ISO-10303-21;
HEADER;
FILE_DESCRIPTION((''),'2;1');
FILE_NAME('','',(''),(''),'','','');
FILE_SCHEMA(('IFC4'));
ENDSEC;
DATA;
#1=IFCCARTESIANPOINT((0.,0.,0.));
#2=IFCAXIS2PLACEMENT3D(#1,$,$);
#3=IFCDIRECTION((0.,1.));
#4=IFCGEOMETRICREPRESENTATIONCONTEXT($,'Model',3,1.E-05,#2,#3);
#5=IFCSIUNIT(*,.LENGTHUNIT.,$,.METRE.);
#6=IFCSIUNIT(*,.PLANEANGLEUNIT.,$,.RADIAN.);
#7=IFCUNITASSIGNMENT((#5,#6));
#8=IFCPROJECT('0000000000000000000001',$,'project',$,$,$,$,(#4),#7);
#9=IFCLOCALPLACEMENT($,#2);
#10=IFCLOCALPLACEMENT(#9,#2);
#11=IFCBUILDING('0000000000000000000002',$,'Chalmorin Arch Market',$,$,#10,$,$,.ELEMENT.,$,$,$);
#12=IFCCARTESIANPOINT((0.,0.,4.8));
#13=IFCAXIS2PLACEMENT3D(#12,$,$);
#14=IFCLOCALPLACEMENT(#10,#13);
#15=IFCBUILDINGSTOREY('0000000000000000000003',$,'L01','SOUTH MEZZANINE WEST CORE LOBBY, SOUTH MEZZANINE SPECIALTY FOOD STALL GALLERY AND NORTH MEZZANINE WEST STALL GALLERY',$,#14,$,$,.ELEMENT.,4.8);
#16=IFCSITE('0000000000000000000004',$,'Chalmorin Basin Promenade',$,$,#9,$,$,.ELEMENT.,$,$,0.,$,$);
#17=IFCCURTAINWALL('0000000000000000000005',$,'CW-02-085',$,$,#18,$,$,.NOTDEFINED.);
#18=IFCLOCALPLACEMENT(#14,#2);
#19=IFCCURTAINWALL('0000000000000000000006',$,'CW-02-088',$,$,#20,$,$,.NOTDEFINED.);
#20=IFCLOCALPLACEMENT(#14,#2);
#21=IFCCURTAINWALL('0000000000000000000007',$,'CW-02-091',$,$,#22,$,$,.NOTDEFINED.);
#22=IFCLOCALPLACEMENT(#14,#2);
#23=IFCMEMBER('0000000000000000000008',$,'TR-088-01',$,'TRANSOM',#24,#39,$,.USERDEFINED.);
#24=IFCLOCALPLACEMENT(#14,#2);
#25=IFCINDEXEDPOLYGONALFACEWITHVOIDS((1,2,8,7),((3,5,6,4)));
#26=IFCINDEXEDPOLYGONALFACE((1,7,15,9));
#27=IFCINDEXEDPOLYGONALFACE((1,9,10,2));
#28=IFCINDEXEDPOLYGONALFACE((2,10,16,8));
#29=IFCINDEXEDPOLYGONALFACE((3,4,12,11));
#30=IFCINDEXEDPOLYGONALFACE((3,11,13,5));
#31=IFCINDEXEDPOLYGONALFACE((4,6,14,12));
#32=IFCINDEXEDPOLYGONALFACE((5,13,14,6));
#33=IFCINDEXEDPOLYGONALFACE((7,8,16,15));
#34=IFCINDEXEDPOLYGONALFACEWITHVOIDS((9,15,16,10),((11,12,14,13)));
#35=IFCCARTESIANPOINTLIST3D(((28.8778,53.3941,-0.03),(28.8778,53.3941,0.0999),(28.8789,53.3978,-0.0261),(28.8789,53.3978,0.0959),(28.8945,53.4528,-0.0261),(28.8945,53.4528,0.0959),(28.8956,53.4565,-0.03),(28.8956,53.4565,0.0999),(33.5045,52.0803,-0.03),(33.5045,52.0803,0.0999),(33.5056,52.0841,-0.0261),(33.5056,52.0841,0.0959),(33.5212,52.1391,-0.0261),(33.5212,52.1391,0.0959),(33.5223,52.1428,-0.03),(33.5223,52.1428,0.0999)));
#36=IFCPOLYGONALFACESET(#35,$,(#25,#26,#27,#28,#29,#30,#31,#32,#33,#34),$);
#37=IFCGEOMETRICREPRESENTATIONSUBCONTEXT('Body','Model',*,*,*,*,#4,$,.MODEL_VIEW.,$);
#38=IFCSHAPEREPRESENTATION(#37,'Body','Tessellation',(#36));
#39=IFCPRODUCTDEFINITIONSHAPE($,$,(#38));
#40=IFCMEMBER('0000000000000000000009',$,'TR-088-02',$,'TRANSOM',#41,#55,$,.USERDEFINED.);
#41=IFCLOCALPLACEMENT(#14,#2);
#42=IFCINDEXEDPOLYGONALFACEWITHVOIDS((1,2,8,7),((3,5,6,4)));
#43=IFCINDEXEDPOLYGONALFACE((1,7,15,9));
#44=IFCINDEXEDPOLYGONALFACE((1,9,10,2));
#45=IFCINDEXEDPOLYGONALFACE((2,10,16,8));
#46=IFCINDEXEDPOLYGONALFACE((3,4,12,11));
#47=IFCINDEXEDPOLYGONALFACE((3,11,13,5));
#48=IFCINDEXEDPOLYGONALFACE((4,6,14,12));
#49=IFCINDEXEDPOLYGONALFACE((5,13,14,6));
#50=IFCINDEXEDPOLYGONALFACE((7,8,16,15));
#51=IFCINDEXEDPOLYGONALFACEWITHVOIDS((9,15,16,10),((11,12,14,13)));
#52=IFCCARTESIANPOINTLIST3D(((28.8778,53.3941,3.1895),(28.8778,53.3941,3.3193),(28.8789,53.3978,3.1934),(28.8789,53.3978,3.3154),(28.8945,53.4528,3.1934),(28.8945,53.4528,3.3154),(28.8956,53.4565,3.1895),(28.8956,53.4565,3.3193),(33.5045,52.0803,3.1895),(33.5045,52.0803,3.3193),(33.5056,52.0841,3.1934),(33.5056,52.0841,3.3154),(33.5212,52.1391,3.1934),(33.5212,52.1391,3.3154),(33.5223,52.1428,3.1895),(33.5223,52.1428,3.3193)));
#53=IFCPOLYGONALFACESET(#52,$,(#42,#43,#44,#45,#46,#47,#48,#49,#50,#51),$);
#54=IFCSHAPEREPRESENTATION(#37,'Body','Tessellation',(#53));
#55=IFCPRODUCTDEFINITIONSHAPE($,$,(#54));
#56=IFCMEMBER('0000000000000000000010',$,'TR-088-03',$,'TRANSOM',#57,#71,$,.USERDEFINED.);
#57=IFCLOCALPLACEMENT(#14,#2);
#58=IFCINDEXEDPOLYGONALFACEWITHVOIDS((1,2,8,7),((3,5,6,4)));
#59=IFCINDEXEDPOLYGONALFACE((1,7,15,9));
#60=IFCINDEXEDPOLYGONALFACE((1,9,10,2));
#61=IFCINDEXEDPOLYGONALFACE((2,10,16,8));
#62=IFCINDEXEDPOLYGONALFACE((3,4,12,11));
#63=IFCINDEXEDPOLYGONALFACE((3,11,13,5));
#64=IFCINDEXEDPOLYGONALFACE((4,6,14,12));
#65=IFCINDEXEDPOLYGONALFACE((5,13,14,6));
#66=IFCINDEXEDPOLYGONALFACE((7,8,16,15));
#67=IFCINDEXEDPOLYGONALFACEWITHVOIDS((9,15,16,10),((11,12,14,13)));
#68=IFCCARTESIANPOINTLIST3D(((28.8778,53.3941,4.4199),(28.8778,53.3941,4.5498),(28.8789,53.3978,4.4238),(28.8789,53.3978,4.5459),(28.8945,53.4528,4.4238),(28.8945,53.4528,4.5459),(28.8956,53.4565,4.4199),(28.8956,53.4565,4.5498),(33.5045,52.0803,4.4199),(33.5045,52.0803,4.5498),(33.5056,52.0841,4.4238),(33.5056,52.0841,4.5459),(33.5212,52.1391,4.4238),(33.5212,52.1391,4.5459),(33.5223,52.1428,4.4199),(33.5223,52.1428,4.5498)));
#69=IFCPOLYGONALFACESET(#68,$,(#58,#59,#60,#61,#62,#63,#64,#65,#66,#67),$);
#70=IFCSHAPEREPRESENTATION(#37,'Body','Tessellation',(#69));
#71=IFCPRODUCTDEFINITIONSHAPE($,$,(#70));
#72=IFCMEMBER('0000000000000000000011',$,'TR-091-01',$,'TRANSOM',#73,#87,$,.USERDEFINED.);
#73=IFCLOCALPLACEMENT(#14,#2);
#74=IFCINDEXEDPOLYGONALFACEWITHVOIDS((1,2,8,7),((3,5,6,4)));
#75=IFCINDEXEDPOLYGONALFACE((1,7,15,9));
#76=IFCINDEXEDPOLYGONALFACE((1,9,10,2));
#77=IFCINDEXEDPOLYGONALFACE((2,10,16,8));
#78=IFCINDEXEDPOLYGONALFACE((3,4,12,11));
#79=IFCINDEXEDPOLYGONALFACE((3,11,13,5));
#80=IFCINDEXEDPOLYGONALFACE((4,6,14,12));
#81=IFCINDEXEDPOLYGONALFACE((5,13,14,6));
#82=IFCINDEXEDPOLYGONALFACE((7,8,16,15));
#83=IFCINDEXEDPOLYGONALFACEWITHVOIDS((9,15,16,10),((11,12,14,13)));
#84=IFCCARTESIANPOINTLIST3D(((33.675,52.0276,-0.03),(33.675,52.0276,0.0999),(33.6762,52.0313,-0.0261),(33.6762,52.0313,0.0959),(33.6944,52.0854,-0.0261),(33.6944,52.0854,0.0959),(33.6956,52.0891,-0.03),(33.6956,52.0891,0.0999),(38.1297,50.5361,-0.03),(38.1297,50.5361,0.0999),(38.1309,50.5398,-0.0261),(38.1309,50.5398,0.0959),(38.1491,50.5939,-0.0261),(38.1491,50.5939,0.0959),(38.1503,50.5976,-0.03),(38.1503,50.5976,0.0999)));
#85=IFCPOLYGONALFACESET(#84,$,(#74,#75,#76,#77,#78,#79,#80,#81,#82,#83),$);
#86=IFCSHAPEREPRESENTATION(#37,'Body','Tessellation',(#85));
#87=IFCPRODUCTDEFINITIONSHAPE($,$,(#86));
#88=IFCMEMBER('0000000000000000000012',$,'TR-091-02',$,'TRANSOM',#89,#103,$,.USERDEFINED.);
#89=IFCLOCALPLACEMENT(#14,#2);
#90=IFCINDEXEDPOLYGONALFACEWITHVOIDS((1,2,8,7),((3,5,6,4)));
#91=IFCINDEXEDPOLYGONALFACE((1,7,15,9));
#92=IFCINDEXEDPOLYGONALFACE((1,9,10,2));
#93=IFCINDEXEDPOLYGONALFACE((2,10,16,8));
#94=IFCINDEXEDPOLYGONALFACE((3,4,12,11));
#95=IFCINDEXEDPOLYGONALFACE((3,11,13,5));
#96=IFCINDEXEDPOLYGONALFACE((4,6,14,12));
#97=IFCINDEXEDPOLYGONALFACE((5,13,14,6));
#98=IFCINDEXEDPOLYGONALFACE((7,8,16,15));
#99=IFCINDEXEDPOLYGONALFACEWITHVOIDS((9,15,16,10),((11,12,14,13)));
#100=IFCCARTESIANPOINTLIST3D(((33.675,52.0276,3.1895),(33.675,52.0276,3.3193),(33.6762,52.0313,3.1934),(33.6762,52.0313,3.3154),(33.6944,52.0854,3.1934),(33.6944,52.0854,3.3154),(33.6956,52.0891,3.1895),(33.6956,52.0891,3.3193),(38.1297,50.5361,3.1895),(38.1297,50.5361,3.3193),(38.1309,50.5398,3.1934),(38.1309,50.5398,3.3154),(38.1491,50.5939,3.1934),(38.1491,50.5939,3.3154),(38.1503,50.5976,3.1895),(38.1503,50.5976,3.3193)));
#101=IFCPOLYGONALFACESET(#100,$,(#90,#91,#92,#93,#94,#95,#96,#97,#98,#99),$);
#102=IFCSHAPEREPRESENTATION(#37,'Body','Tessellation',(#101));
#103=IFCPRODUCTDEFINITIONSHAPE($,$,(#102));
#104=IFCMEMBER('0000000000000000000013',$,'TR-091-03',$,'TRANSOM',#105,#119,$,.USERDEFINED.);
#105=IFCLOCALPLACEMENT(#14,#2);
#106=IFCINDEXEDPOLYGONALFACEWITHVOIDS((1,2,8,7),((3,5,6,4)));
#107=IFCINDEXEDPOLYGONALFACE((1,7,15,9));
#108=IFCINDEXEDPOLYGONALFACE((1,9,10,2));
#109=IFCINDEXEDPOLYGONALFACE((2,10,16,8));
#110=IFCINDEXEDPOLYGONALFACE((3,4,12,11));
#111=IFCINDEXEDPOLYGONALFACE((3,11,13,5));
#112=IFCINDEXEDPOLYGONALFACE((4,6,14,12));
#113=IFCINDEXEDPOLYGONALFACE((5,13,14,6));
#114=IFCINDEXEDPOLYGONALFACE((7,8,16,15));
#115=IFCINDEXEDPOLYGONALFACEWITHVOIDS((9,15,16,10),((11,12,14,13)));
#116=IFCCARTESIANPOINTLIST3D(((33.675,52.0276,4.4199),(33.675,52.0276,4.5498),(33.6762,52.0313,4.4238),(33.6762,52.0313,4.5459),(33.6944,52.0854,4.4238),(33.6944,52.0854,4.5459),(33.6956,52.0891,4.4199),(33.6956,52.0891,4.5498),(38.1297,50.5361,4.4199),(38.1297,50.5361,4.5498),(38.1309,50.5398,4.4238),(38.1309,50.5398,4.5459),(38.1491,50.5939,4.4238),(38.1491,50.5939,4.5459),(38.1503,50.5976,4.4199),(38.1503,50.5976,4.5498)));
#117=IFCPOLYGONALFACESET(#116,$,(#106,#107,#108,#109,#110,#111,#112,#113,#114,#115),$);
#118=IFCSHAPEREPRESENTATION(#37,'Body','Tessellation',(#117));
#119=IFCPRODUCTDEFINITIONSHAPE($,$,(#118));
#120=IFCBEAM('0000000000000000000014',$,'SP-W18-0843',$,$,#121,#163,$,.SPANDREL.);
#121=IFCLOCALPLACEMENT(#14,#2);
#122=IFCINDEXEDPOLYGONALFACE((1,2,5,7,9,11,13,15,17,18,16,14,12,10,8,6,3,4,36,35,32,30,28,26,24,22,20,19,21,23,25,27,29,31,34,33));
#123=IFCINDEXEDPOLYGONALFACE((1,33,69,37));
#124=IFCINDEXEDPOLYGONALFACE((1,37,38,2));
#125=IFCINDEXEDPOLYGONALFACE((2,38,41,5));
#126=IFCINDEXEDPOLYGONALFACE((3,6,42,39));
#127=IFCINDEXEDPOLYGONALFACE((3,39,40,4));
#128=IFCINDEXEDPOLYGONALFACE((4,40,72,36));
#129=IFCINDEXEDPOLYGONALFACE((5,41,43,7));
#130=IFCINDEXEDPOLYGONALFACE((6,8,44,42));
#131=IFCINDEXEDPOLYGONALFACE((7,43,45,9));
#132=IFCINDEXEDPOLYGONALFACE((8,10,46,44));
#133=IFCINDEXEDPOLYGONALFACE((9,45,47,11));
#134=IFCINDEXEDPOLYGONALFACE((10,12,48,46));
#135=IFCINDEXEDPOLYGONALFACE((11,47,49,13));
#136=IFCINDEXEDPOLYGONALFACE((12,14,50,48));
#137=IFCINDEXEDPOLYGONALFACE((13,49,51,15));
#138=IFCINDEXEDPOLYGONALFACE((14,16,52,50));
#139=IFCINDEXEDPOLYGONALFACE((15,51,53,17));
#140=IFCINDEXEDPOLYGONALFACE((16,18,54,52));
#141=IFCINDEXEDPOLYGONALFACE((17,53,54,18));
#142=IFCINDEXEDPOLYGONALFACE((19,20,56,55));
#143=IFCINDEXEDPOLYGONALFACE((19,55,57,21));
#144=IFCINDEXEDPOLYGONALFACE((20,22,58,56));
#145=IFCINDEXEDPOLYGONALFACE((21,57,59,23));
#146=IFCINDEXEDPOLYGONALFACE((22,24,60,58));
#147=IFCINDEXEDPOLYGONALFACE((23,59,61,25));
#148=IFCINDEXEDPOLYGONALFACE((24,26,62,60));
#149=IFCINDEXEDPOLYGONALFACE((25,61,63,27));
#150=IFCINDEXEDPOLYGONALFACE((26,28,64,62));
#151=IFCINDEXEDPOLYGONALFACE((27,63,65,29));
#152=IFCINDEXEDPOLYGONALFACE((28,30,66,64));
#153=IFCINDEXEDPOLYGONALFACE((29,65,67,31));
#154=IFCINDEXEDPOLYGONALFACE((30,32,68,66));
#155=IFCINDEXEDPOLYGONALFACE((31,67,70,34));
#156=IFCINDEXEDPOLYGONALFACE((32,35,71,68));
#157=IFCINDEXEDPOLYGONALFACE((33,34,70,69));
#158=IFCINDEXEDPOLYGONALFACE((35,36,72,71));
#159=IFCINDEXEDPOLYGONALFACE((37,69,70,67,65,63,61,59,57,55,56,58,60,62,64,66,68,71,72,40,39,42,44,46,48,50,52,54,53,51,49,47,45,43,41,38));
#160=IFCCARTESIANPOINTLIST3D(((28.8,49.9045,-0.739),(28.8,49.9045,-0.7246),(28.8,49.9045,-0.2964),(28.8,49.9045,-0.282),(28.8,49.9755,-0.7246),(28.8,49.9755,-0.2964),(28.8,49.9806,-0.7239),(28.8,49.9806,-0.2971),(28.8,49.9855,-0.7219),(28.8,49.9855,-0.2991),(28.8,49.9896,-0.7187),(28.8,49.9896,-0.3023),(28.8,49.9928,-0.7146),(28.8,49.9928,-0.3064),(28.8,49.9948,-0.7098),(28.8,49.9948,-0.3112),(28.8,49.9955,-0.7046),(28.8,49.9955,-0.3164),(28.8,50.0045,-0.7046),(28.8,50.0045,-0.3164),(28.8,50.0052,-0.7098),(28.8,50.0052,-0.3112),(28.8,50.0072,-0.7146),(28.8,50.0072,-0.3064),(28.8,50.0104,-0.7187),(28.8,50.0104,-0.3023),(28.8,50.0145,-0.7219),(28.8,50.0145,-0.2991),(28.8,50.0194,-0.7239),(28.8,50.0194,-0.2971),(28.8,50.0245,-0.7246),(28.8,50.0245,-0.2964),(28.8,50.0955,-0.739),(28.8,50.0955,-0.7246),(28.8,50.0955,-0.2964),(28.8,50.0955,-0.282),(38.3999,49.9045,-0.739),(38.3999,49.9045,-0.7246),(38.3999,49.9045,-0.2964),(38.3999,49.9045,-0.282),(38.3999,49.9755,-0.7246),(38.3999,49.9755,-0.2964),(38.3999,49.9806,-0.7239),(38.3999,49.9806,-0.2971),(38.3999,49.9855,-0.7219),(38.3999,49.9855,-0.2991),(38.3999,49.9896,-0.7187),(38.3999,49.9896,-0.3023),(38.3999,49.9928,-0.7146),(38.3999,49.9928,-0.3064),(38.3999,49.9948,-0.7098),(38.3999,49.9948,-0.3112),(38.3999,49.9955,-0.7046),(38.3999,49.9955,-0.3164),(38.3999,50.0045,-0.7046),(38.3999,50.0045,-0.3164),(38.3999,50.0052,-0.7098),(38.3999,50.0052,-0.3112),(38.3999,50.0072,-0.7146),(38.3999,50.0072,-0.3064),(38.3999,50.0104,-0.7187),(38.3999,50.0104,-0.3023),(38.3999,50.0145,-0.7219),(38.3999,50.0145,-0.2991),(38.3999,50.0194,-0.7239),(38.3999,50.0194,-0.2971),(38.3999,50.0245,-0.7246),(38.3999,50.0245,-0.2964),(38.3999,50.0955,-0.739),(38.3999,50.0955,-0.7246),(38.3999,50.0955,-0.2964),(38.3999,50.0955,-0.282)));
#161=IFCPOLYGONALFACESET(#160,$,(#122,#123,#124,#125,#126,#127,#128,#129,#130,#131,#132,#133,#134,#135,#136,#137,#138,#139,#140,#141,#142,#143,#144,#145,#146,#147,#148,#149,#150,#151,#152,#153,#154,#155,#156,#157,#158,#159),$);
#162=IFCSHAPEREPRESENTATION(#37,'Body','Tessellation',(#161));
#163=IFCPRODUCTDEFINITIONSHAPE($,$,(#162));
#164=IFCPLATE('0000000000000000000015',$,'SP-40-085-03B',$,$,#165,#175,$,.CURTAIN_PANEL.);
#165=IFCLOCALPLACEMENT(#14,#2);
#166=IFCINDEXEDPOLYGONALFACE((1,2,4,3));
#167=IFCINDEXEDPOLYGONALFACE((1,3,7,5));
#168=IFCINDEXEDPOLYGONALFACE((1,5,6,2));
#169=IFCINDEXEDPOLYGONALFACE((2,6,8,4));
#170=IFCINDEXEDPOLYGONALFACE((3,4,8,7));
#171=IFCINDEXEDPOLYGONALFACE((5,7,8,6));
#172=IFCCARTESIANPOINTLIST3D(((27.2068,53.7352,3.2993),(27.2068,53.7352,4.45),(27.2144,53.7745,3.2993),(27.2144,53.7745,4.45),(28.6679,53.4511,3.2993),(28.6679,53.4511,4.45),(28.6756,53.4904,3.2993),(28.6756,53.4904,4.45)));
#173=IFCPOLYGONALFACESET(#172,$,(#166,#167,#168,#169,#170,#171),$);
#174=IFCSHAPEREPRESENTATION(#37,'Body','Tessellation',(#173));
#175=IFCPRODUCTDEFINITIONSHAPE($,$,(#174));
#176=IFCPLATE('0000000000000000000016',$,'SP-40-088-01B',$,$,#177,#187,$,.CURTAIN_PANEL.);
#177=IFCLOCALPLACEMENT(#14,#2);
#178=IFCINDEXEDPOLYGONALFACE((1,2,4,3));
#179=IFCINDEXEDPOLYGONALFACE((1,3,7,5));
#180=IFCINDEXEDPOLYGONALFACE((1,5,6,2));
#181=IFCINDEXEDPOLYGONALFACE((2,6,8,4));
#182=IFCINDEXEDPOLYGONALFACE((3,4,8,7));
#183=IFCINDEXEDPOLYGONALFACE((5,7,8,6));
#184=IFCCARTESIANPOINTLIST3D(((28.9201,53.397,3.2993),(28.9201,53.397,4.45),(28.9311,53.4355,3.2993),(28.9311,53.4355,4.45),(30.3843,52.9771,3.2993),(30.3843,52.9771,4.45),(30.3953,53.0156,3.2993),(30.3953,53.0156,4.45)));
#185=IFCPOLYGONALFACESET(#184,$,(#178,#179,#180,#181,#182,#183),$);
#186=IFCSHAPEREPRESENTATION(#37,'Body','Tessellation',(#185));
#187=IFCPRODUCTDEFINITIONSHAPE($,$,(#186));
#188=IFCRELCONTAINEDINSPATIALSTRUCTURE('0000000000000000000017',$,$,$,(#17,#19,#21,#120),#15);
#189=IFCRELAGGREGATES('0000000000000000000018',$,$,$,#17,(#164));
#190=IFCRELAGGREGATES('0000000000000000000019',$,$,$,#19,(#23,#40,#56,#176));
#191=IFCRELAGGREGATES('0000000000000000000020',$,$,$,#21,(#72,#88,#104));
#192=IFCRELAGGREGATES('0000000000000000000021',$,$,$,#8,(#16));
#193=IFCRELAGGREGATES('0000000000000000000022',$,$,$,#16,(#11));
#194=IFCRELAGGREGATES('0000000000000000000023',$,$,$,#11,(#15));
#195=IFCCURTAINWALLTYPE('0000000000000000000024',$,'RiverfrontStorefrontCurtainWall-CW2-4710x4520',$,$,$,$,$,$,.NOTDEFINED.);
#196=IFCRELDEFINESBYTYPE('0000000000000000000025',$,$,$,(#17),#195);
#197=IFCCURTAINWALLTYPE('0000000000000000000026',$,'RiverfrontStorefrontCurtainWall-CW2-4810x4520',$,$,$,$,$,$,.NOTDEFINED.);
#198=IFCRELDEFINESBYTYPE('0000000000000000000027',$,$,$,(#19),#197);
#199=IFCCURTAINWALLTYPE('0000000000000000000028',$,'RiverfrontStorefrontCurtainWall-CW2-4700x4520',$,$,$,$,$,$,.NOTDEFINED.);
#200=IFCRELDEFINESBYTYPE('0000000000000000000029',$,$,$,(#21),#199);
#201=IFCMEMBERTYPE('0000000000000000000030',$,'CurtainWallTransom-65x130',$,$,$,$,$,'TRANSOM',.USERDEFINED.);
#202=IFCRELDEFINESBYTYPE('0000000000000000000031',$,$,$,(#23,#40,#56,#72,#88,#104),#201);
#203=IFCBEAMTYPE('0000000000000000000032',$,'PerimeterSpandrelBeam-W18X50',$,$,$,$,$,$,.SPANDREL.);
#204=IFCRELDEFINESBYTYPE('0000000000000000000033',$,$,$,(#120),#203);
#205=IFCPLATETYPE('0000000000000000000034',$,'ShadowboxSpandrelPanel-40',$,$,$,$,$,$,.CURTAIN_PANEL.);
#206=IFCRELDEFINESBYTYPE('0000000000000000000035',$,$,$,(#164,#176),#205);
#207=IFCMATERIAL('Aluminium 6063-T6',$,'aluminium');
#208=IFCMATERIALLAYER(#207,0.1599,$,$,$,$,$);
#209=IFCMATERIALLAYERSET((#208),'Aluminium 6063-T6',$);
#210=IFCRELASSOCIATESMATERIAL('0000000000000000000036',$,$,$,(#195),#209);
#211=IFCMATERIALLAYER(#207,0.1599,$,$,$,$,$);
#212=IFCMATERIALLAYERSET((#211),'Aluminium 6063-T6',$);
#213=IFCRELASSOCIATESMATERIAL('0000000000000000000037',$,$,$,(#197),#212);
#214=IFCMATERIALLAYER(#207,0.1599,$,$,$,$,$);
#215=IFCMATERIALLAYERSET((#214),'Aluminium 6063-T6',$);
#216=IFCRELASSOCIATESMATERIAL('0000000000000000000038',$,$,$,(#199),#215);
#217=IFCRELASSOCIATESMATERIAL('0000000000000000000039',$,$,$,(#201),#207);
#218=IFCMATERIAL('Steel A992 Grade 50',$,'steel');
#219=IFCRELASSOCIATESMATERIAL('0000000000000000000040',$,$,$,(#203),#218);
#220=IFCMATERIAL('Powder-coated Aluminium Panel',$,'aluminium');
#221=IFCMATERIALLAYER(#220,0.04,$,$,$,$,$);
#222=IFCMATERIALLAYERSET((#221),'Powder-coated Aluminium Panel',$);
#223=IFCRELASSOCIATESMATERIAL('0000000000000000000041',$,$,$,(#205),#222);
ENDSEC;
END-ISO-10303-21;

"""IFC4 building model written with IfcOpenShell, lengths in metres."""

from ifc_helpers import new_model, si_unit, direction, frame, origin, origin_2d, place, context, subcontext, project, spatial, rectangle, hollow_rectangle, i_section, extrude, material, layer, layer_set, material_profile, profile_set, type_object, element, aggregate, save


model = new_model("IFC4")

# Units and contexts
model_context = context("Model", 3, precision=1e-05, world=origin(), true_north=direction((0.0, 1.0)))
body_context = subcontext(model_context, "Body", "Model", "MODEL_VIEW")
ifc_project = project(units=[si_unit("LENGTHUNIT", "METRE"), si_unit("PLANEANGLEUNIT", "RADIAN")], contexts=[model_context])

# Site, building, storey
site_placement = place(None, origin())
site = spatial("IfcSite", under=ifc_project, at=site_placement, Name="Chalmorin Basin Promenade", CompositionType="ELEMENT", RefElevation=0.0)
building_placement = place(site_placement, origin())
building = spatial("IfcBuilding", under=site, at=building_placement, Name="Chalmorin Arch Market", CompositionType="ELEMENT")
storey_placement = place(building_placement, frame((0.0, 0.0, 4.8)))
storey = spatial("IfcBuildingStorey", under=building, at=storey_placement, Name="L01", Description="SOUTH MEZZANINE WEST CORE LOBBY, SOUTH MEZZANINE SPECIALTY FOOD STALL GALLERY AND NORTH MEZZANINE WEST STALL GALLERY", CompositionType="ELEMENT", Elevation=4.8)

# Curtain wall
ifc_material_1 = material(Name="Aluminium 6063-T6", Category="aluminium")
ifc_layer_1 = layer(ifc_material_1, 0.1599)
ifc_layer_set_1 = layer_set([ifc_layer_1], Name="Aluminium 6063-T6")
curtain_wall_type_1 = type_object("IfcCurtainWallType", Name="RiverfrontStorefrontCurtainWall-CW2-4710x4520", PredefinedType="NOTDEFINED", material=ifc_layer_set_1)
curtain_wall_1_placement = place(storey_placement, origin())
curtain_wall_1 = element("IfcCurtainWall", 1, at=curtain_wall_1_placement, inside=storey, type_object=curtain_wall_type_1, Name="CW-02-085", PredefinedType="NOTDEFINED")

# Curtain walls
ifc_layer_2 = layer(ifc_material_1, 0.1599)
ifc_layer_set_2 = layer_set([ifc_layer_2], Name="Aluminium 6063-T6")
curtain_wall_type_2 = type_object("IfcCurtainWallType", Name="RiverfrontStorefrontCurtainWall-CW2-4810x4520", PredefinedType="NOTDEFINED", material=ifc_layer_set_2)
curtain_wall_2_placement = place(storey_placement, origin())
curtain_wall_2 = element("IfcCurtainWall", 2, at=curtain_wall_2_placement, inside=storey, type_object=curtain_wall_type_2, Name="CW-02-088", PredefinedType="NOTDEFINED")
ifc_layer_3 = layer(ifc_material_1, 0.1599)
ifc_layer_set_3 = layer_set([ifc_layer_3], Name="Aluminium 6063-T6")
curtain_wall_type_3 = type_object("IfcCurtainWallType", Name="RiverfrontStorefrontCurtainWall-CW2-4700x4520", PredefinedType="NOTDEFINED", material=ifc_layer_set_3)
curtain_wall_3_placement = place(storey_placement, origin())
curtain_wall_3 = element("IfcCurtainWall", 3, at=curtain_wall_3_placement, inside=storey, type_object=curtain_wall_type_3, Name="CW-02-091", PredefinedType="NOTDEFINED")

# Members
ifc_material_profile_1 = material_profile(ifc_material_1, hollow_rectangle(XDim=0.0649, YDim=0.1299, WallThickness=0.0039, at=origin_2d()), Name="ALU65X130X4")
ifc_profile_set_1 = profile_set([ifc_material_profile_1], Name="Aluminium 6063-T6")
member_type_1 = type_object("IfcMemberType", Name="CurtainWallTransom-65x130", ElementType="TRANSOM", PredefinedType="USERDEFINED", material=ifc_profile_set_1)
member_1_placement = place(storey_placement, frame((28.8867, 53.4253, 0.0349), z_axis=(0.961973, -0.273145, 0.0), x_axis=(0.273145, 0.961973, 0.0)))
member_1 = element("IfcMember", 4, at=member_1_placement, type_object=member_type_1, Name="TR-088-01", ObjectType="TRANSOM", PredefinedType="USERDEFINED", context=body_context, shape_type="SweptSolid", body=[
    extrude(hollow_rectangle(XDim=0.0649, YDim=0.1299, WallThickness=0.0039, at=origin_2d()), origin(), (0.0, 0.0, 1.0), 4.8096),
])
member_2_placement = place(storey_placement, frame((28.8867, 53.4253, 3.2544), z_axis=(0.961973, -0.273145, 0.0), x_axis=(0.273145, 0.961973, 0.0)))
member_2 = element("IfcMember", 5, at=member_2_placement, type_object=member_type_1, Name="TR-088-02", ObjectType="TRANSOM", PredefinedType="USERDEFINED", context=body_context, shape_type="SweptSolid", body=[
    extrude(hollow_rectangle(XDim=0.0649, YDim=0.1299, WallThickness=0.0039, at=origin_2d()), origin(), (0.0, 0.0, 1.0), 4.8096),
])
member_3_placement = place(storey_placement, frame((28.8867, 53.4253, 4.4849), z_axis=(0.961973, -0.273145, 0.0), x_axis=(0.273145, 0.961973, 0.0)))
member_3 = element("IfcMember", 6, at=member_3_placement, type_object=member_type_1, Name="TR-088-03", ObjectType="TRANSOM", PredefinedType="USERDEFINED", context=body_context, shape_type="SweptSolid", body=[
    extrude(hollow_rectangle(XDim=0.0649, YDim=0.1299, WallThickness=0.0039, at=origin_2d()), origin(), (0.0, 0.0, 1.0), 4.8096),
])
member_4_placement = place(storey_placement, frame((33.6853, 52.0583, 0.0349), z_axis=(0.948261, -0.31749, 0.0), x_axis=(0.31749, 0.948261, 0.0)))
member_4 = element("IfcMember", 7, at=member_4_placement, type_object=member_type_1, Name="TR-091-01", ObjectType="TRANSOM", PredefinedType="USERDEFINED", context=body_context, shape_type="SweptSolid", body=[
    extrude(hollow_rectangle(XDim=0.0649, YDim=0.1299, WallThickness=0.0039, at=origin_2d()), origin(), (0.0, 0.0, 1.0), 4.6978),
])
member_5_placement = place(storey_placement, frame((33.6853, 52.0583, 3.2544), z_axis=(0.948261, -0.31749, 0.0), x_axis=(0.31749, 0.948261, 0.0)))
member_5 = element("IfcMember", 8, at=member_5_placement, type_object=member_type_1, Name="TR-091-02", ObjectType="TRANSOM", PredefinedType="USERDEFINED", context=body_context, shape_type="SweptSolid", body=[
    extrude(hollow_rectangle(XDim=0.0649, YDim=0.1299, WallThickness=0.0039, at=origin_2d()), origin(), (0.0, 0.0, 1.0), 4.6978),
])
member_6_placement = place(storey_placement, frame((33.6853, 52.0583, 4.4849), z_axis=(0.948261, -0.31749, 0.0), x_axis=(0.31749, 0.948261, 0.0)))
member_6 = element("IfcMember", 9, at=member_6_placement, type_object=member_type_1, Name="TR-091-03", ObjectType="TRANSOM", PredefinedType="USERDEFINED", context=body_context, shape_type="SweptSolid", body=[
    extrude(hollow_rectangle(XDim=0.0649, YDim=0.1299, WallThickness=0.0039, at=origin_2d()), origin(), (0.0, 0.0, 1.0), 4.6978),
])

# Beam
ifc_material_2 = material(Name="Steel A992 Grade 50", Category="steel")
ifc_material_profile_2 = material_profile(ifc_material_2, i_section(OverallWidth=0.1909, OverallDepth=0.457, WebThickness=0.009, FlangeThickness=0.0144, FilletRadius=0.02, at=origin_2d()), Name="W18X50")
ifc_profile_set_2 = profile_set([ifc_material_profile_2], Name="Steel A992 Grade 50")
beam_type = type_object("IfcBeamType", Name="PerimeterSpandrelBeam-W18X50", PredefinedType="SPANDREL", material=ifc_profile_set_2)
beam_placement = place(storey_placement, frame((28.8, 50.0, -0.5105), z_axis=(1.0, 0.0, 0.0), x_axis=(0.0, 1.0, 0.0)))
element("IfcBeam", 10, at=beam_placement, inside=storey, type_object=beam_type, Name="SP-W18-0843", PredefinedType="SPANDREL", context=body_context, shape_type="SweptSolid", body=[
    extrude(i_section(OverallWidth=0.1909, OverallDepth=0.457, WebThickness=0.009, FlangeThickness=0.0144, FilletRadius=0.02, at=origin_2d()), origin(), (0.0, 0.0, 1.0), 9.5999),
])

# Plates
ifc_material_3 = material(Name="Powder-coated Aluminium Panel", Category="aluminium")
ifc_layer_4 = layer(ifc_material_3, 0.04)
ifc_layer_set_4 = layer_set([ifc_layer_4], Name="Powder-coated Aluminium Panel")
plate_type_1 = type_object("IfcPlateType", Name="ShadowboxSpandrelPanel-40", PredefinedType="CURTAIN_PANEL", material=ifc_layer_set_4)
plate_1_placement = place(storey_placement, frame((27.9412, 53.6128, 3.2993), z_axis=(0.0, 0.0, 1.0), x_axis=(0.981627, -0.190809, 0.0)))
plate_1 = element("IfcPlate", 11, at=plate_1_placement, type_object=plate_type_1, Name="SP-40-085-03B", PredefinedType="CURTAIN_PANEL", context=body_context, shape_type="SweptSolid", body=[
    extrude(rectangle(XDim=1.4885, YDim=0.04, at=origin_2d()), origin(), (0.0, 0.0, 1.0), 1.1506),
])
plate_2_placement = place(storey_placement, frame((29.6577, 53.2063, 3.2993), z_axis=(0.0, 0.0, 1.0), x_axis=(0.961262, -0.275637, 0.0)))
plate_2 = element("IfcPlate", 12, at=plate_2_placement, type_object=plate_type_1, Name="SP-40-088-01B", PredefinedType="CURTAIN_PANEL", context=body_context, shape_type="SweptSolid", body=[
    extrude(rectangle(XDim=1.5232, YDim=0.04, at=origin_2d()), origin(), (0.0, 0.0, 1.0), 1.1506),
])
aggregate(curtain_wall_1, [plate_1])
aggregate(curtain_wall_2, [member_1, member_2, member_3, plate_2])
aggregate(curtain_wall_3, [member_4, member_5, member_6])

save(model, "model.ifc")
